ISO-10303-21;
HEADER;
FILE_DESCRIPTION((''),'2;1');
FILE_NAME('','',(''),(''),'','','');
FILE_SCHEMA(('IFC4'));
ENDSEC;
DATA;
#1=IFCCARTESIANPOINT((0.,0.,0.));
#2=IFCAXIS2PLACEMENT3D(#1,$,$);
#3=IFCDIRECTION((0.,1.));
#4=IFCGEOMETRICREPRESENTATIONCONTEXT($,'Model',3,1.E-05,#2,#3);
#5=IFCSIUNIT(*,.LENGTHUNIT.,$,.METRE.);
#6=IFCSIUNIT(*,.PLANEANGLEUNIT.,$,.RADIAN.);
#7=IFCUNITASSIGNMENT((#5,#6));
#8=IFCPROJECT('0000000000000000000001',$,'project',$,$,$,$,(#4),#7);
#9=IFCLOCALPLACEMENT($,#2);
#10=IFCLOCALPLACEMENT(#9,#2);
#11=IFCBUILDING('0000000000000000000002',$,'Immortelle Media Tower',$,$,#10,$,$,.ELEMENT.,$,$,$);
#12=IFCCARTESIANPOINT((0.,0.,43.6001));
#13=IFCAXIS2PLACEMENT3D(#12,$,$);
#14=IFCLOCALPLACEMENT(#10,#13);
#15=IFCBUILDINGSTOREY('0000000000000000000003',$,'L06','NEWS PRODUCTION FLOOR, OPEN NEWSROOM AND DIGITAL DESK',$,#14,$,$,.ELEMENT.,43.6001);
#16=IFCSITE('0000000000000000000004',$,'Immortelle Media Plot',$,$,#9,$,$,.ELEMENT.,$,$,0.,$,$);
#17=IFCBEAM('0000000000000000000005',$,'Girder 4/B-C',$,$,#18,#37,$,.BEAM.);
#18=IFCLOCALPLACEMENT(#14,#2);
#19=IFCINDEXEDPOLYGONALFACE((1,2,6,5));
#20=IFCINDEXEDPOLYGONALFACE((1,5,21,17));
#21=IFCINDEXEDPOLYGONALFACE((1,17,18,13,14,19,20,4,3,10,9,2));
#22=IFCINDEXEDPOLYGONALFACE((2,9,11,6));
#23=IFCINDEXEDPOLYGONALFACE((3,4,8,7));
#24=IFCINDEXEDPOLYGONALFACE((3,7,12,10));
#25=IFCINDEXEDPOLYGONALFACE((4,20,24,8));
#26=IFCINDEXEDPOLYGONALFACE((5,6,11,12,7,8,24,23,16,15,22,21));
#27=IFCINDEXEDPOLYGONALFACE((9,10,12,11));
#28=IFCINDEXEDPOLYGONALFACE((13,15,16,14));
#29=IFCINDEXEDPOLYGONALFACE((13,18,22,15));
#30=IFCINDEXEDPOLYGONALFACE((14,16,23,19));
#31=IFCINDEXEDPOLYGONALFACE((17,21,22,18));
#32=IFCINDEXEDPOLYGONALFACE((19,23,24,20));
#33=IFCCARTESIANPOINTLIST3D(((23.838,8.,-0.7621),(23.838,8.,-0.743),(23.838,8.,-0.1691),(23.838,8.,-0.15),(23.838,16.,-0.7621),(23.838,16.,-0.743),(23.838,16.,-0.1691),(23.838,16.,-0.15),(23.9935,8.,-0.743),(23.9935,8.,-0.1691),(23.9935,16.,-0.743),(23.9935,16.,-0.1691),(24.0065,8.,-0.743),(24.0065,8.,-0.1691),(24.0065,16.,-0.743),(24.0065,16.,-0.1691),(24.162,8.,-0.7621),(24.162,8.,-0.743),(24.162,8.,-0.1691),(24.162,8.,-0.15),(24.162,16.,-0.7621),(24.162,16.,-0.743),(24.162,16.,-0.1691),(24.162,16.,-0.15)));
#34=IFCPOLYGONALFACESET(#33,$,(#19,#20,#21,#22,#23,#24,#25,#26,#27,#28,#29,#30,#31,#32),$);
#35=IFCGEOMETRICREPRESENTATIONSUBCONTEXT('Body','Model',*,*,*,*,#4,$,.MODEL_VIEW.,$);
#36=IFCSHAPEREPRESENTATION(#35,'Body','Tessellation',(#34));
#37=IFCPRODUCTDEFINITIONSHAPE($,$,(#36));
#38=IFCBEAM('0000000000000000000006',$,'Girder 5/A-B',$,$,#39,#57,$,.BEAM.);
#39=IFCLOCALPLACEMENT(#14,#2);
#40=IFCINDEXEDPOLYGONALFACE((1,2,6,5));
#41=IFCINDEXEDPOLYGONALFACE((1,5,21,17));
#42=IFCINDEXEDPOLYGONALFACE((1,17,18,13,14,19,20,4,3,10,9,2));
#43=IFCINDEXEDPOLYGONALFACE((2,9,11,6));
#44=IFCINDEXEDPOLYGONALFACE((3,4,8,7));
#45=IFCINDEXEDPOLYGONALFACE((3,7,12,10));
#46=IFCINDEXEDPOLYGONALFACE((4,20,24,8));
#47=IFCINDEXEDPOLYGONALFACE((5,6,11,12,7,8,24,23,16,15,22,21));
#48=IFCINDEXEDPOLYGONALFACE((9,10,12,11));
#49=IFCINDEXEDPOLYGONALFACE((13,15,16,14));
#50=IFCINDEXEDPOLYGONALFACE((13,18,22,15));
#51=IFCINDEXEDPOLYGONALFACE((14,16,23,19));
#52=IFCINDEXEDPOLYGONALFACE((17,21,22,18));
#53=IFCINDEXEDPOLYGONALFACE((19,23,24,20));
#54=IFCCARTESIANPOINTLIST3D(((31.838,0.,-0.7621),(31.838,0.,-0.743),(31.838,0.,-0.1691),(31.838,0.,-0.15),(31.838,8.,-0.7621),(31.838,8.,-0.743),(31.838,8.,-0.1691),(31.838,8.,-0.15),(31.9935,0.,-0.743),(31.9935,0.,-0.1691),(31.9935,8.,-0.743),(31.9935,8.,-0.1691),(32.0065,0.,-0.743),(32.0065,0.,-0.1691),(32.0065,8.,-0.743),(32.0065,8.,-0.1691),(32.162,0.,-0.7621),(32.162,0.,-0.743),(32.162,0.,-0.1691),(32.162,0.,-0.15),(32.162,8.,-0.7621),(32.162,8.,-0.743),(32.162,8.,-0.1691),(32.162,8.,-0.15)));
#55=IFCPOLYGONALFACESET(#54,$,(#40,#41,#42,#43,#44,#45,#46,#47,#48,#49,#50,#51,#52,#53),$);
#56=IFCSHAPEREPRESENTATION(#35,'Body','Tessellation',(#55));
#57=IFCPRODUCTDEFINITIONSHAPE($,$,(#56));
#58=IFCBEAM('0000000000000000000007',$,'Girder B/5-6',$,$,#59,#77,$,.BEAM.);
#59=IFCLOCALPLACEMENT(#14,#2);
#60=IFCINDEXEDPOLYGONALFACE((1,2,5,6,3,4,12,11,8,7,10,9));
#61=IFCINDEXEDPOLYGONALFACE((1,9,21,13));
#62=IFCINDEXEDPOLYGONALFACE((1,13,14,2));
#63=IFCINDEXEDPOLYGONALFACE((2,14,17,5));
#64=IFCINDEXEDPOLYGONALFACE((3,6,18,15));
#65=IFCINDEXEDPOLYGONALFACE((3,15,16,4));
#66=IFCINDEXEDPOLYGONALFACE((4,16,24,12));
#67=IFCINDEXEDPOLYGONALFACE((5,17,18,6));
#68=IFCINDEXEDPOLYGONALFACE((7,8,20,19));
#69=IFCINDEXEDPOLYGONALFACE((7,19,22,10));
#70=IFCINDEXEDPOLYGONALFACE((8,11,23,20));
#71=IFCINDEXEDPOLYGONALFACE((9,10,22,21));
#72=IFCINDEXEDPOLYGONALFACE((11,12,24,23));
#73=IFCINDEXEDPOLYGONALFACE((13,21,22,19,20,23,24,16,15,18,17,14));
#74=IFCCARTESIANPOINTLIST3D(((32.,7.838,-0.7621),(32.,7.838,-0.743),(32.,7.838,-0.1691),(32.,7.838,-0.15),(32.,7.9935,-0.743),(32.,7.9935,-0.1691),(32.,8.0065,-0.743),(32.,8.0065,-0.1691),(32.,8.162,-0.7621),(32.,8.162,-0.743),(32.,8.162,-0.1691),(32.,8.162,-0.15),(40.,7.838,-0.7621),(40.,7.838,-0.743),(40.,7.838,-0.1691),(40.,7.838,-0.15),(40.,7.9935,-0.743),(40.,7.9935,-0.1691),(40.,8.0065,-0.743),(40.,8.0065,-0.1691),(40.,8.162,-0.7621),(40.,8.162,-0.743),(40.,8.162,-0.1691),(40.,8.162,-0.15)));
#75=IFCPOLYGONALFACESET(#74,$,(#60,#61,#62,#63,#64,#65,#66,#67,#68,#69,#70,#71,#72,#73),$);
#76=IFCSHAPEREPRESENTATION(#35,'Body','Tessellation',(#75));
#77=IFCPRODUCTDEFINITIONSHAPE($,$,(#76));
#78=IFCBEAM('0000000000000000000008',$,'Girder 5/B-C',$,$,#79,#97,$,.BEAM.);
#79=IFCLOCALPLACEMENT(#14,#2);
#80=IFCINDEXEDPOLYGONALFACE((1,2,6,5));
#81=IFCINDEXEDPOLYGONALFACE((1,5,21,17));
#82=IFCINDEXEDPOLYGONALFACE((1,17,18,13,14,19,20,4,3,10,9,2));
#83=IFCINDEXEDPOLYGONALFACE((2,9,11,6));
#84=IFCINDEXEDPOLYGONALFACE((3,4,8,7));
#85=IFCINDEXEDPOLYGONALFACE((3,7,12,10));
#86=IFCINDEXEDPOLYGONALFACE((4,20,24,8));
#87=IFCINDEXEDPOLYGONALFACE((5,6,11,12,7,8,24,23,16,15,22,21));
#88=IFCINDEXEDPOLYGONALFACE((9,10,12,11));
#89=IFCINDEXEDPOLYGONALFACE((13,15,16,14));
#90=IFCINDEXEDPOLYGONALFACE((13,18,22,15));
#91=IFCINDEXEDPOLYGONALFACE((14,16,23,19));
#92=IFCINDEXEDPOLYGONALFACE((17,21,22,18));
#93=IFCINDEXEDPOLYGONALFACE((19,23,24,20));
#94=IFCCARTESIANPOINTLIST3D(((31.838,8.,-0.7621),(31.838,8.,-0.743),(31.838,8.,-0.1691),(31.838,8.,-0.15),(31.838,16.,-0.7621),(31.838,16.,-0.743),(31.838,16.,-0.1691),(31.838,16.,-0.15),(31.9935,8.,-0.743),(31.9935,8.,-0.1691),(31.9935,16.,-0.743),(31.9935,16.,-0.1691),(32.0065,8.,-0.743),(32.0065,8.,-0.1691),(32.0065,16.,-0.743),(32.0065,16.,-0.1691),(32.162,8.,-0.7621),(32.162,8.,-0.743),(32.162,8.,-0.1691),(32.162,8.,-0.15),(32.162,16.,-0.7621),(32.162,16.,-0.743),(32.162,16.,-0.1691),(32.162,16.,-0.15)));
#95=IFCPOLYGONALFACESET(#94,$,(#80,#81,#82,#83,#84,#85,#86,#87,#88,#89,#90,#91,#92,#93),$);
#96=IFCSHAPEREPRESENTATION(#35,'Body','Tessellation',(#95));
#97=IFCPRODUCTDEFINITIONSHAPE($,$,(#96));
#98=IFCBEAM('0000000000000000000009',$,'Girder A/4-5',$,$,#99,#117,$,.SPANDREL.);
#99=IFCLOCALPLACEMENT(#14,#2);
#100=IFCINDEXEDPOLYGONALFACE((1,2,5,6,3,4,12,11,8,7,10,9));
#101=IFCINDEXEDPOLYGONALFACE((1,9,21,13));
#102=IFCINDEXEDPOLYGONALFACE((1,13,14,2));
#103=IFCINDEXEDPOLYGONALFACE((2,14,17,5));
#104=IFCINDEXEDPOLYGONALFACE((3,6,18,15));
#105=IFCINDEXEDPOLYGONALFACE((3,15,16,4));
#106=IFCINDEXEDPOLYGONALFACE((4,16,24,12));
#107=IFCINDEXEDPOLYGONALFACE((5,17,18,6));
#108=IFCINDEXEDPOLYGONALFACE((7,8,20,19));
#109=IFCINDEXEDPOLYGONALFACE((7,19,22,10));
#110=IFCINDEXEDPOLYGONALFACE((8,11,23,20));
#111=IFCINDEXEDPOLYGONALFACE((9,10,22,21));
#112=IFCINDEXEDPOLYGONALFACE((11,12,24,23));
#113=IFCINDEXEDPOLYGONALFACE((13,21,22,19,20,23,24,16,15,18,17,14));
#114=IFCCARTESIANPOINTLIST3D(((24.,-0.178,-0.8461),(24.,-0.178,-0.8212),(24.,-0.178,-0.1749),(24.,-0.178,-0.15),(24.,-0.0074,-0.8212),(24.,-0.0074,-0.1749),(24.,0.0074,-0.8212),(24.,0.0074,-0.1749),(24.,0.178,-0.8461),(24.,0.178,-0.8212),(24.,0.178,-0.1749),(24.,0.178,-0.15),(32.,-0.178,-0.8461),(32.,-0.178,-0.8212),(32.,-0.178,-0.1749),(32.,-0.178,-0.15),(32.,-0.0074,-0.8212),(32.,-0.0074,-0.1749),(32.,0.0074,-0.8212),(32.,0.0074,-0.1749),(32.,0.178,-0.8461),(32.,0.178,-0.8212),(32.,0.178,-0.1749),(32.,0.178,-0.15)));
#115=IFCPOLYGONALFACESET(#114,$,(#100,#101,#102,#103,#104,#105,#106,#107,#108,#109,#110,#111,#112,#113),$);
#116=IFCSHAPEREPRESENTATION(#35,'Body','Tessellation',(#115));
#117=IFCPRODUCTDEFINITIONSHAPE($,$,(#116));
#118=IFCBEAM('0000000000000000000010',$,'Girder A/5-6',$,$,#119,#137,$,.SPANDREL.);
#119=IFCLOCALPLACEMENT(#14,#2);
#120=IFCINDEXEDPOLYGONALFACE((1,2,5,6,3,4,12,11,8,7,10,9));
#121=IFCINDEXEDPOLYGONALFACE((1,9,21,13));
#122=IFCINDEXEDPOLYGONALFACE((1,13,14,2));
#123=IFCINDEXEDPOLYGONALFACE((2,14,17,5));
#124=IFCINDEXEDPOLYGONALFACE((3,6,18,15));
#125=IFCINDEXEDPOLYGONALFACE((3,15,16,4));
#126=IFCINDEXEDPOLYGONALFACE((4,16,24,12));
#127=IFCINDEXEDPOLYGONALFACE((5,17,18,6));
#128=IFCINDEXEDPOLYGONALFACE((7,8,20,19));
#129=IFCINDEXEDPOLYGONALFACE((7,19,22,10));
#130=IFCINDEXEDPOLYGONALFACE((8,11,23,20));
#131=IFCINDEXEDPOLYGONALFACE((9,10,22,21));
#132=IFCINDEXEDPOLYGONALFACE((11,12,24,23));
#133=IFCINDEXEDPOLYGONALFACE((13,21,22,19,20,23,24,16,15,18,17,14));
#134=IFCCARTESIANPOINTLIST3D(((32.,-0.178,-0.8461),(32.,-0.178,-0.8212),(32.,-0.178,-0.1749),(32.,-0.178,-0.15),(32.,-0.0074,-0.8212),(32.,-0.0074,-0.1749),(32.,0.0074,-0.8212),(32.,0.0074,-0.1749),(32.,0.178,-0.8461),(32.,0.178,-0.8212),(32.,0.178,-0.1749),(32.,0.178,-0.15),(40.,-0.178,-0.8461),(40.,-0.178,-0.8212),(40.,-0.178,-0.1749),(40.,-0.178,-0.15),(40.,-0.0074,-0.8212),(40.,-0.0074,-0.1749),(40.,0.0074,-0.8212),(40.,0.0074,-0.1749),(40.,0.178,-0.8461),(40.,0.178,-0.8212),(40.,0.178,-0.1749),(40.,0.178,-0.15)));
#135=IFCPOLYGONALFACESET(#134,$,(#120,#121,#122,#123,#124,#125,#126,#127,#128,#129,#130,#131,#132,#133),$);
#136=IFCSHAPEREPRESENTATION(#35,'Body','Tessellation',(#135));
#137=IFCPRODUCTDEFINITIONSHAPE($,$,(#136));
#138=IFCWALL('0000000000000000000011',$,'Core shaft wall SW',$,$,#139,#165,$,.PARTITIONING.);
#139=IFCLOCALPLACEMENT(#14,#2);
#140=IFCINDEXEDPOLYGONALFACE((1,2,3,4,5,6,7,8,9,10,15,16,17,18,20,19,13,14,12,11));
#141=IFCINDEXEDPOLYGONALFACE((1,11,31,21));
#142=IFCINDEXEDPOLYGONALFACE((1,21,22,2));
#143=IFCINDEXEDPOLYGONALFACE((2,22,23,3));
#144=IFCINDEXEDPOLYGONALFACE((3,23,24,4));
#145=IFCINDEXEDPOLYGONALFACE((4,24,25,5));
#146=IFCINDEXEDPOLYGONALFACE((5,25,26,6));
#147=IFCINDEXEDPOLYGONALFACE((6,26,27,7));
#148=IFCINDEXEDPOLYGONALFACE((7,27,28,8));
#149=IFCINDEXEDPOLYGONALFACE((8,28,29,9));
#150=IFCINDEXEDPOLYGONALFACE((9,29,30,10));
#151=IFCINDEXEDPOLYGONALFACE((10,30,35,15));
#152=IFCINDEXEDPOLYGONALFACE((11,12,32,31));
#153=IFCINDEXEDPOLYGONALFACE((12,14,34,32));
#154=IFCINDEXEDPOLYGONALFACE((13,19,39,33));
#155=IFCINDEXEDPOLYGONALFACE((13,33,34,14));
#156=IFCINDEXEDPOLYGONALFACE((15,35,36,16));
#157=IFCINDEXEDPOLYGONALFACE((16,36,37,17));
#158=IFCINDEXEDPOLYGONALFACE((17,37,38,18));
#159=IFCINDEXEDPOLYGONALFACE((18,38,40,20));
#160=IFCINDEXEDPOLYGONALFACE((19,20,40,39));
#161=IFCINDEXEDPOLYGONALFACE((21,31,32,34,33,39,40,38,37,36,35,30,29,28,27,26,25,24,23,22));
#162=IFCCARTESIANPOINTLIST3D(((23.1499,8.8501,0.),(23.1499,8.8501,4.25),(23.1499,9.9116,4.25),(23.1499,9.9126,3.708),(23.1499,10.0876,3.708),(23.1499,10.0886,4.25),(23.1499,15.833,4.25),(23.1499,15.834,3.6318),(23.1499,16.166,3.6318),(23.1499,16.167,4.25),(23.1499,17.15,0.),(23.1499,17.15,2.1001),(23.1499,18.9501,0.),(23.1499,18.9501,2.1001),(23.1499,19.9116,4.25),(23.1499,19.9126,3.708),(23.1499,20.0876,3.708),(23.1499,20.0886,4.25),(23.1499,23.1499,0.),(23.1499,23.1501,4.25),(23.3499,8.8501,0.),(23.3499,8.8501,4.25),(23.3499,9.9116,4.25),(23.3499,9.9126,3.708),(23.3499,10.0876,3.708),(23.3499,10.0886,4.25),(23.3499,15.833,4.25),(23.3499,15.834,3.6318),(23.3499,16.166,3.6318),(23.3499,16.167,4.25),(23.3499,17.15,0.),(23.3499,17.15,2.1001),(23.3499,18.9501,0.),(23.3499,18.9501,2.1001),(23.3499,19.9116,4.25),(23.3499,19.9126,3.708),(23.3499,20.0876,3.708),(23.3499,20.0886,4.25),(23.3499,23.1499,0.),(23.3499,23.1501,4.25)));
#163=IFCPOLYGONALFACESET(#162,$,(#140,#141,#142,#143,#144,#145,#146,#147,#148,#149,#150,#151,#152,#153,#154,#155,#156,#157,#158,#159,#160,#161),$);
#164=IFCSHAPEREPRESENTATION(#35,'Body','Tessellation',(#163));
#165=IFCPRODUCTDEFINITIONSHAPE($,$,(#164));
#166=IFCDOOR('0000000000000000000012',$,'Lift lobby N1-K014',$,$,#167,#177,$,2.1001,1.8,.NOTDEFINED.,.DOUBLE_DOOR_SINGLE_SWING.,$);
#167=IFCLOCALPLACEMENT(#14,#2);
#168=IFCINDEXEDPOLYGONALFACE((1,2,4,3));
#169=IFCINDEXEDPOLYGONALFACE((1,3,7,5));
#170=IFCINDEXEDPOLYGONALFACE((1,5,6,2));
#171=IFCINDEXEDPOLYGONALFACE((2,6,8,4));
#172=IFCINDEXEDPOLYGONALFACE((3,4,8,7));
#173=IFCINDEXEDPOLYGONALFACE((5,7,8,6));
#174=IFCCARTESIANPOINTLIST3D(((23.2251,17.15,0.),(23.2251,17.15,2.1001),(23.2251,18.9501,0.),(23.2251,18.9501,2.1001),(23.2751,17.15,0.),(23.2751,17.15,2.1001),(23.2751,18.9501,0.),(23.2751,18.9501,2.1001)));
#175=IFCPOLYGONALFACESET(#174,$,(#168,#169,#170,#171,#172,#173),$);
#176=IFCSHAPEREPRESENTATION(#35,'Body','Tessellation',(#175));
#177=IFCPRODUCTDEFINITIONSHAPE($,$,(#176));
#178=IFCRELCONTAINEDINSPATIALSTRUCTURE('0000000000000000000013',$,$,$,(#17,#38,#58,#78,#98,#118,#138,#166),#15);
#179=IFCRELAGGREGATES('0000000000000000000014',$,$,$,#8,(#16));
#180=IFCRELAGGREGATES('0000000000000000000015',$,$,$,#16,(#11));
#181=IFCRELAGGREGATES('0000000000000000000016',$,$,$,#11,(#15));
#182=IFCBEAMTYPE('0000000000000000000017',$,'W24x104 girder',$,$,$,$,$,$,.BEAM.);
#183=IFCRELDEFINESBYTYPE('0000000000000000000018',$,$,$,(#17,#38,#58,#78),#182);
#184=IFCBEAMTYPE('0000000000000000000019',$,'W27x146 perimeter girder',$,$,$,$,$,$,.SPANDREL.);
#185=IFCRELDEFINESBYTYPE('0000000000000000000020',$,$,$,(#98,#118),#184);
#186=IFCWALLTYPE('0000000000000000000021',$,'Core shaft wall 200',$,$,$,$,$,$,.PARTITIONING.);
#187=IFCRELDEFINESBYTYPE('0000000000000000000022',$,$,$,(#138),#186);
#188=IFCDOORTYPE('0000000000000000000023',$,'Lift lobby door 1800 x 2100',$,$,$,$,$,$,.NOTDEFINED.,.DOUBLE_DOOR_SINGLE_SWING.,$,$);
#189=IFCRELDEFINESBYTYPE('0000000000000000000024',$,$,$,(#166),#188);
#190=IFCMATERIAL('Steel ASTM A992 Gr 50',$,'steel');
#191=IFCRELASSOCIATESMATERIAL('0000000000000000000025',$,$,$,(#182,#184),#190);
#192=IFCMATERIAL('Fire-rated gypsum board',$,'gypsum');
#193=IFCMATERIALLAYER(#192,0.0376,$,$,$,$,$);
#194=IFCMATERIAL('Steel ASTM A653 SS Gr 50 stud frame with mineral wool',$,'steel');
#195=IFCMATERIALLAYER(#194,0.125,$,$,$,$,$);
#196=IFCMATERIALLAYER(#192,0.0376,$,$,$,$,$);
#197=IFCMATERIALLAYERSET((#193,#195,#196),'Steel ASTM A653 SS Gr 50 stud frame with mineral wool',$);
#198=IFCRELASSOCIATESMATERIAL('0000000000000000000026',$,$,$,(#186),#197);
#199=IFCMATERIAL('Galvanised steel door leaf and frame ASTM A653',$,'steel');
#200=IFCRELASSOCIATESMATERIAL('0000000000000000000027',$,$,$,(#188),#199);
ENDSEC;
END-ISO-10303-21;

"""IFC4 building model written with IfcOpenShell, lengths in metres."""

from ifc_helpers import new_model, si_unit, direction, frame, frame_2d, origin, origin_2d, place, context, subcontext, project, spatial, polyline, rectangle, i_section, outline, extrude, material, layer, layer_set, material_profile, profile_set, type_object, element, fill, save


model = new_model("IFC4")

# Units and contexts
model_context = context("Model", 3, precision=1e-05, world=origin(), true_north=direction((0.0, 1.0)))
body_context = subcontext(model_context, "Body", "Model", "MODEL_VIEW")
ifc_project = project(units=[si_unit("LENGTHUNIT", "METRE"), si_unit("PLANEANGLEUNIT", "RADIAN")], contexts=[model_context])

# Site, building, storey
site_placement = place(None, origin())
site = spatial("IfcSite", under=ifc_project, at=site_placement, Name="Immortelle Media Plot", CompositionType="ELEMENT", RefElevation=0.0)
building_placement = place(site_placement, origin())
building = spatial("IfcBuilding", under=site, at=building_placement, Name="Immortelle Media Tower", CompositionType="ELEMENT")
storey_placement = place(building_placement, frame((0.0, 0.0, 43.6001)))
storey = spatial("IfcBuildingStorey", under=building, at=storey_placement, Name="L06", Description="NEWS PRODUCTION FLOOR, OPEN NEWSROOM AND DIGITAL DESK", CompositionType="ELEMENT", Elevation=43.6001)

# Shared definitions
ifc_material_1 = material(Name="Steel ASTM A992 Gr 50", Category="steel")

# Beams
ifc_material_profile_1 = material_profile(ifc_material_1, i_section(OverallWidth=0.324, OverallDepth=0.6121, WebThickness=0.0129, FlangeThickness=0.019, at=origin_2d()), Name="W24x104")
ifc_profile_set_1 = profile_set([ifc_material_profile_1], Name="Steel ASTM A992 Gr 50")
beam_type_1 = type_object("IfcBeamType", Name="W24x104 girder", PredefinedType="BEAM", material=ifc_profile_set_1)
for number, where, z_axis, x_axis, name in (
    (1, (24.0, 8.0, -0.4561), (0.0, 1.0, 0.0), (-1.0, 0.0, 0.0), "Girder 4/B-C"),
    (2, (32.0, 0.0, -0.4561), (0.0, 1.0, 0.0), (-1.0, 0.0, 0.0), "Girder 5/A-B"),
    (3, (32.0, 8.0, -0.4561), (1.0, 0.0, 0.0), (0.0, 1.0, 0.0), "Girder B/5-6"),
    (4, (32.0, 8.0, -0.4561), (0.0, 1.0, 0.0), (-1.0, 0.0, 0.0), "Girder 5/B-C"),
):
    element("IfcBeam", number, at=place(storey_placement, frame(where, z_axis=z_axis, x_axis=x_axis)), inside=storey, type_object=beam_type_1, Name=name, PredefinedType="BEAM", context=body_context, shape_type="SweptSolid", body=[
        extrude(i_section(OverallWidth=0.324, OverallDepth=0.6121, WebThickness=0.0129, FlangeThickness=0.019, at=origin_2d()), origin(), (0.0, 0.0, 1.0), 8.0),
    ])
ifc_material_profile_2 = material_profile(ifc_material_1, i_section(OverallWidth=0.356, OverallDepth=0.696, WebThickness=0.0149, FlangeThickness=0.0249, at=origin_2d()), Name="W27x146")
ifc_profile_set_2 = profile_set([ifc_material_profile_2], Name="Steel ASTM A992 Gr 50")
beam_type_2 = type_object("IfcBeamType", Name="W27x146 perimeter girder", PredefinedType="SPANDREL", material=ifc_profile_set_2)
for number, where, z_axis, x_axis, name in (
    (5, (24.0, 0.0, -0.498), (1.0, 0.0, 0.0), (0.0, 1.0, 0.0), "Girder A/4-5"),
    (6, (32.0, 0.0, -0.498), (1.0, 0.0, 0.0), (0.0, 1.0, 0.0), "Girder A/5-6"),
):
    element("IfcBeam", number, at=place(storey_placement, frame(where, z_axis=z_axis, x_axis=x_axis)), inside=storey, type_object=beam_type_2, Name=name, PredefinedType="SPANDREL", context=body_context, shape_type="SweptSolid", body=[
        extrude(i_section(OverallWidth=0.356, OverallDepth=0.696, WebThickness=0.0149, FlangeThickness=0.0249, at=origin_2d()), origin(), (0.0, 0.0, 1.0), 8.0),
    ])

# Wall, opening, door
ifc_material_2 = material(Name="Fire-rated gypsum board", Category="gypsum")
ifc_layer_1 = layer(ifc_material_2, 0.0376)
ifc_material_3 = material(Name="Steel ASTM A653 SS Gr 50 stud frame with mineral wool", Category="steel")
ifc_layer_2 = layer(ifc_material_3, 0.125)
ifc_layer_3 = layer(ifc_material_2, 0.0376)
ifc_layer_set_1 = layer_set([ifc_layer_1, ifc_layer_2, ifc_layer_3], Name="Steel ASTM A653 SS Gr 50 stud frame with mineral wool")
wall_type_1 = type_object("IfcWallType", Name="Core shaft wall 200", PredefinedType="PARTITIONING", material=ifc_layer_set_1)
wall_1_placement = place(storey_placement, frame((23.25, 8.8501, 0.0), z_axis=(0.0, 0.0, 1.0), x_axis=(0.0, 1.0, 0.0)))
wall_1 = element("IfcWall", 7, at=wall_1_placement, inside=storey, type_object=wall_type_1, Name="Core shaft wall SW", PredefinedType="PARTITIONING", context=body_context, shape_type="SweptSolid", body=[
    extrude(outline(polyline([(0.0, 0.0), (14.2998, 0.0), (14.3, 4.25), (11.2385, 4.25), (11.2375, 3.708), (11.0625, 3.708), (11.0615, 4.25), (7.3169, 4.25), (7.3159, 3.6318), (6.9839, 3.6318), (6.9829, 4.25), (1.2385, 4.25), (1.2375, 3.708), (1.0625, 3.708), (1.0615, 4.25), (0.0, 4.25), (0.0, 0.0)])), frame((0.0, 0.1001, 0.0), z_axis=(0.0, -1.0, 0.0), x_axis=(1.0, 0.0, 0.0)), (0.0, 0.0, 1.0), 0.2),
])
opening_1_placement = place(wall_1_placement, frame((8.3, 0.0, 0.0)))
opening_1 = element("IfcOpeningElement", 8, at=opening_1_placement, cuts=wall_1, PredefinedType="OPENING", context=body_context, shape_type="SweptSolid", body=[
    extrude(rectangle(XDim=1.8, YDim=2.1001, at=frame_2d((0.8999, 1.05))), frame((0.0, 0.1099, 0.0), z_axis=(0.0, -1.0, 0.0), x_axis=(1.0, 0.0, 0.0)), (0.0, 0.0, 1.0), 0.22),
])
ifc_material_4 = material(Name="Galvanised steel door leaf and frame ASTM A653", Category="steel")
door_type_1 = type_object("IfcDoorType", Name="Lift lobby door 1800 x 2100", OperationType="DOUBLE_DOOR_SINGLE_SWING", PredefinedType="NOTDEFINED", material=ifc_material_4)
door_1_placement = place(opening_1_placement, origin())
door_1 = element("IfcDoor", 9, at=door_1_placement, inside=storey, type_object=door_type_1, Name="Lift lobby N1-K014", OperationType="DOUBLE_DOOR_SINGLE_SWING", OverallHeight=2.1001, OverallWidth=1.8, PredefinedType="NOTDEFINED", context=body_context, shape_type="SweptSolid", body=[
    extrude(rectangle(XDim=1.8, YDim=2.1001, at=frame_2d((0.8999, 1.05))), frame((0.0, 0.0249, 0.0), z_axis=(0.0, -1.0, 0.0), x_axis=(1.0, 0.0, 0.0)), (0.0, 0.0, 1.0), 0.05),
])
fill(opening_1, door_1)

save(model, "model.ifc")
